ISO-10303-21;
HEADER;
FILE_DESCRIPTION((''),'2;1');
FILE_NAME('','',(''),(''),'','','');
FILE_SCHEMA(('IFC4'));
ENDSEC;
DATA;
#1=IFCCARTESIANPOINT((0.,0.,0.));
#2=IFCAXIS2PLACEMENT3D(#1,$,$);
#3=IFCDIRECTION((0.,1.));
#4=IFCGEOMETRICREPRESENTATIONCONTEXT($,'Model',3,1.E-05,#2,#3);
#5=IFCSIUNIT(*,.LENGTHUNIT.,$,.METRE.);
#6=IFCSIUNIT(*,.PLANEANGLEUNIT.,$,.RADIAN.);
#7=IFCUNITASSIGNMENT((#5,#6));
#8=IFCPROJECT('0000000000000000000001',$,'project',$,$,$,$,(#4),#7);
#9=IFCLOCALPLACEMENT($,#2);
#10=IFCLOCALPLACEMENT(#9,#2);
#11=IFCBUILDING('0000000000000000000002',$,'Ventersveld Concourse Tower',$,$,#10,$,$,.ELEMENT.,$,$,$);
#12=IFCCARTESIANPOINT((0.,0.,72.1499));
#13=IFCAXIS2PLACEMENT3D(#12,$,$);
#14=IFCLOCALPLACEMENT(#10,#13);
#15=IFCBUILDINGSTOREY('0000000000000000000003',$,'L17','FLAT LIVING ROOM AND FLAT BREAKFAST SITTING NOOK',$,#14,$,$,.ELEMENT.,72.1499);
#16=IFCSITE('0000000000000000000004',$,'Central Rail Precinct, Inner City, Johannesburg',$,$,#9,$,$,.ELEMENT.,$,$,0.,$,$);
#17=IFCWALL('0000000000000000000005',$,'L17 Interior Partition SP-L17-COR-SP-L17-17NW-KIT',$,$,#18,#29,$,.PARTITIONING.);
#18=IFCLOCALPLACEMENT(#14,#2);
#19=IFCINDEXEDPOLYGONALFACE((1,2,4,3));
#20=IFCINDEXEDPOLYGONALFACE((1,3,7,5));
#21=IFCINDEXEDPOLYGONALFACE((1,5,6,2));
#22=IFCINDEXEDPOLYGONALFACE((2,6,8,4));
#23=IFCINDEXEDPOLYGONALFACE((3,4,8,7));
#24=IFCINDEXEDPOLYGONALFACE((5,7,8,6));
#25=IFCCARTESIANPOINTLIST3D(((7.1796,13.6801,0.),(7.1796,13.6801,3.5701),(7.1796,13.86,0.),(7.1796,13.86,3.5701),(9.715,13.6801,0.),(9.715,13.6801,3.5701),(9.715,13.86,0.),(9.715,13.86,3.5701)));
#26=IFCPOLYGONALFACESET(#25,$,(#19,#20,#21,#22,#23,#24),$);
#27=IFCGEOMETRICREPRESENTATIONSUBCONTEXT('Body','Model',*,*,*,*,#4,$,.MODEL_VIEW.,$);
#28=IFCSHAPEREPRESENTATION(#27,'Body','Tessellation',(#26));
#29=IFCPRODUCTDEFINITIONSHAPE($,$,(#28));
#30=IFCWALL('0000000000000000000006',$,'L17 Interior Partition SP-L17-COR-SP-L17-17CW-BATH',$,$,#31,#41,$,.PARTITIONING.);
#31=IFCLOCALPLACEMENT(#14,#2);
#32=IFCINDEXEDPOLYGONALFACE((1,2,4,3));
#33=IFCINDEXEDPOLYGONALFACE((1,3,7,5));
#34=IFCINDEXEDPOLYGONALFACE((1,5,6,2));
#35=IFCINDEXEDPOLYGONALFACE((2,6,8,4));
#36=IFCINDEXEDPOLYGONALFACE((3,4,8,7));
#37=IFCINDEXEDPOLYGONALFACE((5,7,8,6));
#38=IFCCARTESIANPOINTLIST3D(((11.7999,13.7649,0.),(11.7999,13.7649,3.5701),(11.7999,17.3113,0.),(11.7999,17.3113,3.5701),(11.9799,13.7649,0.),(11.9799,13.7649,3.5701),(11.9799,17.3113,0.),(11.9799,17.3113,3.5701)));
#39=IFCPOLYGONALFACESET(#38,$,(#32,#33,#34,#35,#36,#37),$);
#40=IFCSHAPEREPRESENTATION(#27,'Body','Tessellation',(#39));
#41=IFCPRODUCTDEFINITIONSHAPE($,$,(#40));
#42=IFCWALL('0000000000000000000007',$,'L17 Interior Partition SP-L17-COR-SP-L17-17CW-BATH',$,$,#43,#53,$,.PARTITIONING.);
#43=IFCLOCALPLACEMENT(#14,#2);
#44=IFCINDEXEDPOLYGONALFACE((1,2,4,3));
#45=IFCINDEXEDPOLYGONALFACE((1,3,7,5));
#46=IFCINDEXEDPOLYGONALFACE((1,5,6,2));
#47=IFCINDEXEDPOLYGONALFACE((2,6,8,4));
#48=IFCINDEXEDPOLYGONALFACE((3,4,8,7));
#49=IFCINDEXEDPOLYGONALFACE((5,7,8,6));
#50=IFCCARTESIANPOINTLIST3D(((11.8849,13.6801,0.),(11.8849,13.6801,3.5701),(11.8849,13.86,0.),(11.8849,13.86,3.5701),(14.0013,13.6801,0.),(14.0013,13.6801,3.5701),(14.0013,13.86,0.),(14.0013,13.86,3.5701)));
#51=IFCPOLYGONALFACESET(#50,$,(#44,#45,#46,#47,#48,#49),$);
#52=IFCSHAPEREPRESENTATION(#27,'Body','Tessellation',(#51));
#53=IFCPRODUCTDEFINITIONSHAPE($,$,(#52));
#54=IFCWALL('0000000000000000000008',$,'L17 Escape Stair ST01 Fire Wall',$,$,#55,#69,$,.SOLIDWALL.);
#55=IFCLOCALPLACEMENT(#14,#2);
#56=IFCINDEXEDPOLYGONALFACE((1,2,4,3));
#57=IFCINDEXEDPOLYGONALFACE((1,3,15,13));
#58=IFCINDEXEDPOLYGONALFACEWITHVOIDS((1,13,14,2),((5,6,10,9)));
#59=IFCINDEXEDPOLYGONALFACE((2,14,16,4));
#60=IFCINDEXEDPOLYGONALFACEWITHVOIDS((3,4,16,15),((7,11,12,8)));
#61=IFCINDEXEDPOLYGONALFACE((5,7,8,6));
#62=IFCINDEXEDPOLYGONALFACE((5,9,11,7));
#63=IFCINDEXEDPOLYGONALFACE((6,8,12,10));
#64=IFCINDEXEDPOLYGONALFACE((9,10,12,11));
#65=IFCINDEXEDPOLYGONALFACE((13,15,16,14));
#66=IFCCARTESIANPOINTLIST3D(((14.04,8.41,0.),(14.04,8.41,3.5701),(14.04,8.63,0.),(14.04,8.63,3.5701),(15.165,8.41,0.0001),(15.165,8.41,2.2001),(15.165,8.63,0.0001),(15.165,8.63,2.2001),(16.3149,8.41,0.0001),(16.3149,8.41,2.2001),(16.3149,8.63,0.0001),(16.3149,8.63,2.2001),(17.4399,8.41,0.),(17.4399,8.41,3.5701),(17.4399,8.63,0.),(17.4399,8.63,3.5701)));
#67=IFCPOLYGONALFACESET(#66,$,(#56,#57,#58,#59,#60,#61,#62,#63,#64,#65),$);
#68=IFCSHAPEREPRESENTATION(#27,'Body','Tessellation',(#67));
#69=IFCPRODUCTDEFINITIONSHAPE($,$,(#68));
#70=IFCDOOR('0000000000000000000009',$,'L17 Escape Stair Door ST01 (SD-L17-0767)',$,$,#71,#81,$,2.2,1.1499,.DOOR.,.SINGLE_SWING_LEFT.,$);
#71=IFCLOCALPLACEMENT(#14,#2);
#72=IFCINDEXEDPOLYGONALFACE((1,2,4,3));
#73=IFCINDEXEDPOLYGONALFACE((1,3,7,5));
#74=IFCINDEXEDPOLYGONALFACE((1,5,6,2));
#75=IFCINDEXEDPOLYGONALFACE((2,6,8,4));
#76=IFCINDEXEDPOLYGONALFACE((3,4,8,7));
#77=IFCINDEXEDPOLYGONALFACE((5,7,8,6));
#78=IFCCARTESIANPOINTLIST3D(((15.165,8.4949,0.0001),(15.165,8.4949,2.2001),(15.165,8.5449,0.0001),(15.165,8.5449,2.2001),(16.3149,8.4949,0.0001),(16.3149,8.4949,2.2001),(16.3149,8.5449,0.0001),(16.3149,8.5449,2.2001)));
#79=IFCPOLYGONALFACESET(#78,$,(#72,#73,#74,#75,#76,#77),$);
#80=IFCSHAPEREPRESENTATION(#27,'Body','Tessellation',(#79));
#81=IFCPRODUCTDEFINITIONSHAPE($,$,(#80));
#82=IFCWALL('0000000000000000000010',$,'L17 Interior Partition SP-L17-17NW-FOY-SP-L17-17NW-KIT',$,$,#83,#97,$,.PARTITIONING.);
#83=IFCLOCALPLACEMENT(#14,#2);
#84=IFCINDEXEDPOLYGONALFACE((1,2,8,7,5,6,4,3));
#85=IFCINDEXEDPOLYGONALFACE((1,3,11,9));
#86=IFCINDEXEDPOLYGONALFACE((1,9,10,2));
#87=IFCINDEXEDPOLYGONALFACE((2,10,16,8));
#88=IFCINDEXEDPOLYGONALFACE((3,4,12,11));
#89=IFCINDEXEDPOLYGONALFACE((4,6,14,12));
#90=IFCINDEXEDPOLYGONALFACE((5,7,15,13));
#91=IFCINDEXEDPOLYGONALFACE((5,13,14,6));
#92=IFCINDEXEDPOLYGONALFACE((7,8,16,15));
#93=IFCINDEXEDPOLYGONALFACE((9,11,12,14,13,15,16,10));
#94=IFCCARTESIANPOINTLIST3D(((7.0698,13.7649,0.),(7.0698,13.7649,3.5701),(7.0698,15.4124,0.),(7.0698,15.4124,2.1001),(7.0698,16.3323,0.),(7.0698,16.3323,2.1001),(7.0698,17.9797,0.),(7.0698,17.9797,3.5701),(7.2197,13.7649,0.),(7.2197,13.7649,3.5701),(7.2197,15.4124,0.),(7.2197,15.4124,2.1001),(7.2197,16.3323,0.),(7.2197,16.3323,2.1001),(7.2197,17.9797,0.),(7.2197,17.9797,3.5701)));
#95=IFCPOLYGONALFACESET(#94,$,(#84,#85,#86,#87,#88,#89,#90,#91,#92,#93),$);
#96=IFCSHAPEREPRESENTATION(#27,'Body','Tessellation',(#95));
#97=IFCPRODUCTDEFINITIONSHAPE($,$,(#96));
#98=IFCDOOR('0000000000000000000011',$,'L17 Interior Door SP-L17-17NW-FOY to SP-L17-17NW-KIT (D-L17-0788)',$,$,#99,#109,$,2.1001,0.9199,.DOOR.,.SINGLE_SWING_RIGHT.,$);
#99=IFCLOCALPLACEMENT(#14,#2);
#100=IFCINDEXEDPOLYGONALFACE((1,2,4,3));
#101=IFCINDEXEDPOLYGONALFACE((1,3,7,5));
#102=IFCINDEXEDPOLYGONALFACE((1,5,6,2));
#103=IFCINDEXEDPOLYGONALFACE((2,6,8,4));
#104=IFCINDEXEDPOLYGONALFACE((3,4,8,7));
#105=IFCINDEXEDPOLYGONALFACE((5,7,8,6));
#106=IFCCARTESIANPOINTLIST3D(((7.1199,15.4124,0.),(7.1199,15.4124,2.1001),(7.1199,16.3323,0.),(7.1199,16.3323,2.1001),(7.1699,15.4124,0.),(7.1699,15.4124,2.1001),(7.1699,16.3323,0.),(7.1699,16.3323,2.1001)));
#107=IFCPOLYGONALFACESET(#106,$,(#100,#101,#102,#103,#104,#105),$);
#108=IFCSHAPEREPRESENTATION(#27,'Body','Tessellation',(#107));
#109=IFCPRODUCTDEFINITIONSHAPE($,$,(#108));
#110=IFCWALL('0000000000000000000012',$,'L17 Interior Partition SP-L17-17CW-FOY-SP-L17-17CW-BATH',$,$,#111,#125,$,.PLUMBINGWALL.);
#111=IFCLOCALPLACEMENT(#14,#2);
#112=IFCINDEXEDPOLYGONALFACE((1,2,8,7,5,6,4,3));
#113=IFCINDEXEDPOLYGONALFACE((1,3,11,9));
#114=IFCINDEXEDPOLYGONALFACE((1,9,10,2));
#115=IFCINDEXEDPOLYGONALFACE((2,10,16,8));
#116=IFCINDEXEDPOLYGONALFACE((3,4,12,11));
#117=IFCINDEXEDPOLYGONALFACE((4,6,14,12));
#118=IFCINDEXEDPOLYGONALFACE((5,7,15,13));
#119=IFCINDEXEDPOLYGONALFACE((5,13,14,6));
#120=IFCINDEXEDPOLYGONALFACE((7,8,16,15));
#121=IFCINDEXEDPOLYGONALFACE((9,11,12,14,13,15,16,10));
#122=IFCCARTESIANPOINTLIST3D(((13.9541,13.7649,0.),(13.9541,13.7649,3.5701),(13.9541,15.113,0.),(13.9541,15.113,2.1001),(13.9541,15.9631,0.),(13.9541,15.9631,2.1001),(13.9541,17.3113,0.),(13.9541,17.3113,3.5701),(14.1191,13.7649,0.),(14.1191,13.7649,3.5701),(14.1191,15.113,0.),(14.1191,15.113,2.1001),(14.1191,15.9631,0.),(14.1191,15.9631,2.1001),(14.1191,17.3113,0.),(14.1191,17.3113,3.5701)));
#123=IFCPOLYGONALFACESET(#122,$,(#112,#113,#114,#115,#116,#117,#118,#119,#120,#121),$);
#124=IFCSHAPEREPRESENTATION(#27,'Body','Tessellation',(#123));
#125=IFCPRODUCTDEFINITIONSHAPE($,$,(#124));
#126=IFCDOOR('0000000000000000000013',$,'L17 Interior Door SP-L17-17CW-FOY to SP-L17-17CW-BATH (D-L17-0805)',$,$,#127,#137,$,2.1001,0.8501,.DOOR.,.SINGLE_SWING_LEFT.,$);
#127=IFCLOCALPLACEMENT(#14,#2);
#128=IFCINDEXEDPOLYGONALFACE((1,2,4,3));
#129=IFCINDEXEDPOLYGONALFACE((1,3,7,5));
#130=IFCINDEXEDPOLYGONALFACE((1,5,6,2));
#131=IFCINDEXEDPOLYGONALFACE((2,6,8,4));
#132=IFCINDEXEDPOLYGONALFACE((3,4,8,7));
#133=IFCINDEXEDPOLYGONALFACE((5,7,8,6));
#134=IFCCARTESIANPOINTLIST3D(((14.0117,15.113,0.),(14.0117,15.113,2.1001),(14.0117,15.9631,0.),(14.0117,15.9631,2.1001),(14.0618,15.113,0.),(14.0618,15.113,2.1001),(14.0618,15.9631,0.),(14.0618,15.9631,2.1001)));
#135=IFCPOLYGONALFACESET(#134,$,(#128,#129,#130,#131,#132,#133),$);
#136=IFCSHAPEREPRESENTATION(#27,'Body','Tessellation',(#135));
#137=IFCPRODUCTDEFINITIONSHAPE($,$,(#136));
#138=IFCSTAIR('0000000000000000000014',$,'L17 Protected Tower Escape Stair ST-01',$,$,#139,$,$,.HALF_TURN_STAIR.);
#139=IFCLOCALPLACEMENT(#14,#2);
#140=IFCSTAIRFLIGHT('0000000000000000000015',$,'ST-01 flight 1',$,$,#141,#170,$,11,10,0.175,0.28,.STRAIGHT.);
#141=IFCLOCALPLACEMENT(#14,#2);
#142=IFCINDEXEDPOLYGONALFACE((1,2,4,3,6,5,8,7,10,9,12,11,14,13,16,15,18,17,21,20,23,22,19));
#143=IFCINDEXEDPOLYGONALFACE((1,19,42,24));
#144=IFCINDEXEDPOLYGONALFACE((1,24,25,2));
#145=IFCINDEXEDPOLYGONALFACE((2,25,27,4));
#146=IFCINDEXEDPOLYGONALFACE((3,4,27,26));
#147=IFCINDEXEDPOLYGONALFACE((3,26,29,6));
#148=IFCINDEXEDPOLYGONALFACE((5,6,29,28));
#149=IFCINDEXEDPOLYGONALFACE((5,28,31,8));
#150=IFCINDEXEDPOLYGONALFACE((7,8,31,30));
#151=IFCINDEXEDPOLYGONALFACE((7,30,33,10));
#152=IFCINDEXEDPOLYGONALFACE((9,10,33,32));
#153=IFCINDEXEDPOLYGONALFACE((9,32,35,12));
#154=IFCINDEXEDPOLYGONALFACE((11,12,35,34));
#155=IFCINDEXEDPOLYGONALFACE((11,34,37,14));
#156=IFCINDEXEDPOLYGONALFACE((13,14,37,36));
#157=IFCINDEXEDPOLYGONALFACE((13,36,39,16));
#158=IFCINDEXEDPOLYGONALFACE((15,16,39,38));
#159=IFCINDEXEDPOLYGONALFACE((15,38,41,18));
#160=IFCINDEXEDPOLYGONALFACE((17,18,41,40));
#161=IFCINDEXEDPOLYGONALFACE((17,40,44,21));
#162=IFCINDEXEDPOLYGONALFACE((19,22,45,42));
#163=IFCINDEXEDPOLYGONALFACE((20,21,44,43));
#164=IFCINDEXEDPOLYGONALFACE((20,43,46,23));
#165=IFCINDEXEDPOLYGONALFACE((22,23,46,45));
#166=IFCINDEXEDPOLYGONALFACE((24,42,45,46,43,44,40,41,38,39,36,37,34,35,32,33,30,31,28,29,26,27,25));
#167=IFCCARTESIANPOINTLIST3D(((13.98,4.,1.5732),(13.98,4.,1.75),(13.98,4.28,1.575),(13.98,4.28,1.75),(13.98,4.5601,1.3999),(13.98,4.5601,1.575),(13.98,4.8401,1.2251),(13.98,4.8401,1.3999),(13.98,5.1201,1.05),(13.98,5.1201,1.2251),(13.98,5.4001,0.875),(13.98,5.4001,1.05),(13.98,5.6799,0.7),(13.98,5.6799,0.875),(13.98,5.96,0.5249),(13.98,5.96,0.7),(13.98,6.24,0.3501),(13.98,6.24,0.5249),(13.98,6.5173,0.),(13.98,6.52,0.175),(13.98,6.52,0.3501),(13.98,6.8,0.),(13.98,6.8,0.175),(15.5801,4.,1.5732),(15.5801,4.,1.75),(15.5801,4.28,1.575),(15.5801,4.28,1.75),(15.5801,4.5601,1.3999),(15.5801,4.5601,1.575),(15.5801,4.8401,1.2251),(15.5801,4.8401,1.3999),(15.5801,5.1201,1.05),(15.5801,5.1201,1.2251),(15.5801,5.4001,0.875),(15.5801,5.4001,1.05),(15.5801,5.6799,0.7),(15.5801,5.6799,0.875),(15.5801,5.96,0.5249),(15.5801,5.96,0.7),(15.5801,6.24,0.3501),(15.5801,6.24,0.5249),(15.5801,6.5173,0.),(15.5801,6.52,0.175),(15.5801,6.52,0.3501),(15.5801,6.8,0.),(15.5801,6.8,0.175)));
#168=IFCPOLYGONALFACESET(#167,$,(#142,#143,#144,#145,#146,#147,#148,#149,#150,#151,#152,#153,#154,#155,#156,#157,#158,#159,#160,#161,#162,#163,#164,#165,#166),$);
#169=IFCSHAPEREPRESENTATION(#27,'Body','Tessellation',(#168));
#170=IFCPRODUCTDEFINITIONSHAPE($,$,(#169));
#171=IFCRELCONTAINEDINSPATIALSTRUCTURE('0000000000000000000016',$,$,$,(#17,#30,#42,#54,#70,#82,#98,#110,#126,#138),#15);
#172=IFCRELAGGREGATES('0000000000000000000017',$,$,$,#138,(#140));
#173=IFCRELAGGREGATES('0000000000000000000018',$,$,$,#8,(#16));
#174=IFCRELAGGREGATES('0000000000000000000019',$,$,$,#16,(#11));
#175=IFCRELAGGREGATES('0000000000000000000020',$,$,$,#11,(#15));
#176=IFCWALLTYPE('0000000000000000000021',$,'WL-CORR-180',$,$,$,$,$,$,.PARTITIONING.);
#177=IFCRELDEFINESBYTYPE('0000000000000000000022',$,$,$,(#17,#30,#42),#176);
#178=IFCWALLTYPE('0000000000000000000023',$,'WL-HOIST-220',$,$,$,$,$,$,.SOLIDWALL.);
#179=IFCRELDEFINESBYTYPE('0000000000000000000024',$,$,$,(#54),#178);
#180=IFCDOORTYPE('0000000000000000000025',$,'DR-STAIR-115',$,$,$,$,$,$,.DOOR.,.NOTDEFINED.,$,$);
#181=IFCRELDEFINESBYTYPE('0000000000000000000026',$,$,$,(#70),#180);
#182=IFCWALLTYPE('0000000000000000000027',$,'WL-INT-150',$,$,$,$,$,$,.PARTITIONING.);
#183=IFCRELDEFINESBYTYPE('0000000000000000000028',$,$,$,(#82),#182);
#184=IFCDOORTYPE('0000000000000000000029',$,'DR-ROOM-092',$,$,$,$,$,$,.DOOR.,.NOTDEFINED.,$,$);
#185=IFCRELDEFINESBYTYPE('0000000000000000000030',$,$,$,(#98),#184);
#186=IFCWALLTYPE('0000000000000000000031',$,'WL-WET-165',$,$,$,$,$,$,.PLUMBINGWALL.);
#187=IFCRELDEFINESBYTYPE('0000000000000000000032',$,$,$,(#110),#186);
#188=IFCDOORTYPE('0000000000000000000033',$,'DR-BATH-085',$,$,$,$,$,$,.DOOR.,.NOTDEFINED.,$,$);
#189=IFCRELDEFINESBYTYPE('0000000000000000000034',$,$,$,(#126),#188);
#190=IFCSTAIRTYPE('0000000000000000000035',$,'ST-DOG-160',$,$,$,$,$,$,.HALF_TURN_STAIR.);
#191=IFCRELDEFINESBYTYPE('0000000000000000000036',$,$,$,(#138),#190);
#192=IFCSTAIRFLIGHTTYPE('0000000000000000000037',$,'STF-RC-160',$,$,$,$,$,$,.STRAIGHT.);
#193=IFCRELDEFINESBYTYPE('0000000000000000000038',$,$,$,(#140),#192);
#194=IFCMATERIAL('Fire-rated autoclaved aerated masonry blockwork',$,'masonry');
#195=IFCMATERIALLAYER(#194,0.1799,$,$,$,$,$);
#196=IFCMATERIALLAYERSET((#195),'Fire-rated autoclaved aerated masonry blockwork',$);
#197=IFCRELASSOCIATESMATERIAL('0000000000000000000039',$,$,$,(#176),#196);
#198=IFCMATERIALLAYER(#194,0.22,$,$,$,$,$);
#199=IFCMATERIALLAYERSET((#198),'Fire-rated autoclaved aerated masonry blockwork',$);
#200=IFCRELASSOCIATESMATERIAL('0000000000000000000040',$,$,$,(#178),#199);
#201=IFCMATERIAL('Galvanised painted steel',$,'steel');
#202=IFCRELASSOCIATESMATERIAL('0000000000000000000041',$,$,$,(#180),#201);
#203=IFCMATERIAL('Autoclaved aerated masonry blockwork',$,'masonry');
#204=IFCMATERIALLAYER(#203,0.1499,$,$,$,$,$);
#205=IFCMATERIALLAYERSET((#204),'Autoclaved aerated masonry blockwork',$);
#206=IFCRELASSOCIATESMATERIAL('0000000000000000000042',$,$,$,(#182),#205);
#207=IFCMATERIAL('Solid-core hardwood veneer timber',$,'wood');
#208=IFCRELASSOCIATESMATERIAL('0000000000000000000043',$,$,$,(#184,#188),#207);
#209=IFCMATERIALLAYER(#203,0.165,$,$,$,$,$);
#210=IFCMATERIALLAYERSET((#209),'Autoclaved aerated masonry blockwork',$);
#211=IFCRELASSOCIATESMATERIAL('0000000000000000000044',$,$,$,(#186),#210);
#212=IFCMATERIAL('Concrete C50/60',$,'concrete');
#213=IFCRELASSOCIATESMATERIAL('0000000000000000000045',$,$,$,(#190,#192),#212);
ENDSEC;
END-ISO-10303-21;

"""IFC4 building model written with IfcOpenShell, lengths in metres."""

from ifc_helpers import new_model, si_unit, direction, frame, frame_2d, origin, place, context, subcontext, project, spatial, polyline, rectangle, outline, extrude, material, layer, layer_set, type_object, element, fill, aggregate, save


model = new_model("IFC4")

# Units and contexts
model_context = context("Model", 3, precision=1e-05, world=origin(), true_north=direction((0.0, 1.0)))
body_context = subcontext(model_context, "Body", "Model", "MODEL_VIEW")
ifc_project = project(units=[si_unit("LENGTHUNIT", "METRE"), si_unit("PLANEANGLEUNIT", "RADIAN")], contexts=[model_context])

# Site, building, storey
site_placement = place(None, origin())
site = spatial("IfcSite", under=ifc_project, at=site_placement, Name="Central Rail Precinct, Inner City, Johannesburg", CompositionType="ELEMENT", RefElevation=0.0)
building_placement = place(site_placement, origin())
building = spatial("IfcBuilding", under=site, at=building_placement, Name="Ventersveld Concourse Tower", CompositionType="ELEMENT")
storey_placement = place(building_placement, frame((0.0, 0.0, 72.1499)))
storey = spatial("IfcBuildingStorey", under=building, at=storey_placement, Name="L17", Description="FLAT LIVING ROOM AND FLAT BREAKFAST SITTING NOOK", CompositionType="ELEMENT", Elevation=72.1499)

# Shared definitions
ifc_material_1 = material(Name="Concrete C50/60", Category="concrete")

# Shared definitions
ifc_material_2 = material(Name="Fire-rated autoclaved aerated masonry blockwork", Category="masonry")
ifc_layer_1 = layer(ifc_material_2, 0.1799)
ifc_layer_set_1 = layer_set([ifc_layer_1], Name="Fire-rated autoclaved aerated masonry blockwork")
wall_type_1 = type_object("IfcWallType", Name="WL-CORR-180", PredefinedType="PARTITIONING", material=ifc_layer_set_1)
ifc_material_3 = material(Name="Solid-core hardwood veneer timber", Category="wood")

# Wall
wall_1_placement = place(storey_placement, frame((7.1797, 13.77, 0.0), z_axis=(0.0, 0.0, 1.0), x_axis=(1.0, 0.0, 0.0)))
element("IfcWall", 1, at=wall_1_placement, inside=storey, type_object=wall_type_1, Name="L17 Interior Partition SP-L17-COR-SP-L17-17NW-KIT", PredefinedType="PARTITIONING", context=body_context, shape_type="SweptSolid", body=[
    extrude(rectangle(XDim=2.5354, YDim=0.1799, at=frame_2d((1.2676, 0.0))), origin(), (0.0, 0.0, 1.0), 3.5701),
])

# Walls
wall_2_placement = place(storey_placement, frame((11.8899, 13.7649, 0.0), z_axis=(0.0, 0.0, 1.0), x_axis=(0.0, 1.0, 0.0)))
element("IfcWall", 2, at=wall_2_placement, inside=storey, type_object=wall_type_1, Name="L17 Interior Partition SP-L17-COR-SP-L17-17CW-BATH", PredefinedType="PARTITIONING", context=body_context, shape_type="SweptSolid", body=[
    extrude(rectangle(XDim=3.5464, YDim=0.1799, at=frame_2d((1.7732, 0.0))), origin(), (0.0, 0.0, 1.0), 3.5701),
])
wall_3_placement = place(storey_placement, frame((11.885, 13.77, 0.0), z_axis=(0.0, 0.0, 1.0), x_axis=(1.0, 0.0, 0.0)))
element("IfcWall", 3, at=wall_3_placement, inside=storey, type_object=wall_type_1, Name="L17 Interior Partition SP-L17-COR-SP-L17-17CW-BATH", PredefinedType="PARTITIONING", context=body_context, shape_type="SweptSolid", body=[
    extrude(rectangle(XDim=2.1165, YDim=0.1799, at=frame_2d((1.0581, 0.0))), origin(), (0.0, 0.0, 1.0), 3.5701),
])

# Walls, openings, doors
ifc_layer_2 = layer(ifc_material_2, 0.22)
ifc_layer_set_2 = layer_set([ifc_layer_2], Name="Fire-rated autoclaved aerated masonry blockwork")
wall_type_2 = type_object("IfcWallType", Name="WL-HOIST-220", PredefinedType="SOLIDWALL", material=ifc_layer_set_2)
wall_4_placement = place(storey_placement, frame((14.04, 8.52, 0.0), z_axis=(0.0, 0.0, 1.0), x_axis=(1.0, 0.0, 0.0)))
wall_4 = element("IfcWall", 4, at=wall_4_placement, inside=storey, type_object=wall_type_2, Name="L17 Escape Stair ST01 Fire Wall", PredefinedType="SOLIDWALL", context=body_context, shape_type="SweptSolid", body=[
    extrude(rectangle(XDim=3.3999, YDim=0.22, at=frame_2d((1.7, 0.0))), origin(), (0.0, 0.0, 1.0), 3.5701),
])
opening_1_placement = place(wall_4_placement, frame((1.125, 0.0, 0.0)))
opening_1 = element("IfcOpeningElement", 5, at=opening_1_placement, cuts=wall_4, PredefinedType="OPENING", context=body_context, shape_type="SweptSolid", body=[
    extrude(rectangle(XDim=1.1499, YDim=2.2, at=frame_2d((0.575, 1.1001))), frame((0.0, 0.1201, 0.0), z_axis=(0.0, -1.0, 0.0), x_axis=(1.0, 0.0, 0.0)), (0.0, 0.0, 1.0), 0.24),
])
ifc_material_4 = material(Name="Galvanised painted steel", Category="steel")
door_type_1 = type_object("IfcDoorType", Name="DR-STAIR-115", OperationType="NOTDEFINED", PredefinedType="DOOR", material=ifc_material_4)
door_1_placement = place(opening_1_placement, origin())
door_1 = element("IfcDoor", 6, at=door_1_placement, inside=storey, type_object=door_type_1, Name="L17 Escape Stair Door ST01 (SD-L17-0767)", OperationType="SINGLE_SWING_LEFT", OverallHeight=2.2, OverallWidth=1.1499, PredefinedType="DOOR", context=body_context, shape_type="SweptSolid", body=[
    extrude(rectangle(XDim=1.1499, YDim=2.2, at=frame_2d((0.575, 1.1001))), frame((0.0, 0.0249, 0.0), z_axis=(0.0, -1.0, 0.0), x_axis=(1.0, 0.0, 0.0)), (0.0, 0.0, 1.0), 0.05),
])
fill(opening_1, door_1)
ifc_material_5 = material(Name="Autoclaved aerated masonry blockwork", Category="masonry")
ifc_layer_3 = layer(ifc_material_5, 0.1499)
ifc_layer_set_3 = layer_set([ifc_layer_3], Name="Autoclaved aerated masonry blockwork")
wall_type_3 = type_object("IfcWallType", Name="WL-INT-150", PredefinedType="PARTITIONING", material=ifc_layer_set_3)
wall_5_placement = place(storey_placement, frame((7.1448, 13.7649, 0.0), z_axis=(0.0, 0.0, 1.0), x_axis=(0.0, 1.0, 0.0)))
wall_5 = element("IfcWall", 7, at=wall_5_placement, inside=storey, type_object=wall_type_3, Name="L17 Interior Partition SP-L17-17NW-FOY-SP-L17-17NW-KIT", PredefinedType="PARTITIONING", context=body_context, shape_type="SweptSolid", body=[
    extrude(rectangle(XDim=4.2148, YDim=0.1499, at=frame_2d((2.1074, 0.0))), origin(), (0.0, 0.0, 1.0), 3.5701),
])
opening_2_placement = place(wall_5_placement, frame((1.6475, 0.0, 0.0)))
opening_2 = element("IfcOpeningElement", 8, at=opening_2_placement, cuts=wall_5, PredefinedType="OPENING", context=body_context, shape_type="SweptSolid", body=[
    extrude(rectangle(XDim=0.9199, YDim=2.1001, at=frame_2d((0.46, 1.05))), frame((0.0, 0.085, 0.0), z_axis=(0.0, -1.0, 0.0), x_axis=(1.0, 0.0, 0.0)), (0.0, 0.0, 1.0), 0.1699),
])
door_type_2 = type_object("IfcDoorType", Name="DR-ROOM-092", OperationType="NOTDEFINED", PredefinedType="DOOR", material=ifc_material_3)
door_2_placement = place(opening_2_placement, origin())
door_2 = element("IfcDoor", 9, at=door_2_placement, inside=storey, type_object=door_type_2, Name="L17 Interior Door SP-L17-17NW-FOY to SP-L17-17NW-KIT (D-L17-0788)", OperationType="SINGLE_SWING_RIGHT", OverallHeight=2.1001, OverallWidth=0.9199, PredefinedType="DOOR", context=body_context, shape_type="SweptSolid", body=[
    extrude(rectangle(XDim=0.9199, YDim=2.1001, at=frame_2d((0.46, 1.05))), frame((0.0, 0.0249, 0.0), z_axis=(0.0, -1.0, 0.0), x_axis=(1.0, 0.0, 0.0)), (0.0, 0.0, 1.0), 0.05),
])
fill(opening_2, door_2)
ifc_layer_4 = layer(ifc_material_5, 0.165)
ifc_layer_set_4 = layer_set([ifc_layer_4], Name="Autoclaved aerated masonry blockwork")
wall_type_4 = type_object("IfcWallType", Name="WL-WET-165", PredefinedType="PLUMBINGWALL", material=ifc_layer_set_4)
wall_6_placement = place(storey_placement, frame((14.0366, 13.7649, 0.0), z_axis=(0.0, 0.0, 1.0), x_axis=(0.0, 1.0, 0.0)))
wall_6 = element("IfcWall", 10, at=wall_6_placement, inside=storey, type_object=wall_type_4, Name="L17 Interior Partition SP-L17-17CW-FOY-SP-L17-17CW-BATH", PredefinedType="PLUMBINGWALL", context=body_context, shape_type="SweptSolid", body=[
    extrude(rectangle(XDim=3.5464, YDim=0.165, at=frame_2d((1.7732, 0.0))), origin(), (0.0, 0.0, 1.0), 3.5701),
])
opening_3_placement = place(wall_6_placement, frame((1.3481, 0.0, 0.0)))
opening_3 = element("IfcOpeningElement", 11, at=opening_3_placement, cuts=wall_6, PredefinedType="OPENING", context=body_context, shape_type="SweptSolid", body=[
    extrude(rectangle(XDim=0.8501, YDim=2.1001, at=frame_2d((0.425, 1.05))), frame((0.0, 0.0925, 0.0), z_axis=(0.0, -1.0, 0.0), x_axis=(1.0, 0.0, 0.0)), (0.0, 0.0, 1.0), 0.1851),
])
door_type_3 = type_object("IfcDoorType", Name="DR-BATH-085", OperationType="NOTDEFINED", PredefinedType="DOOR", material=ifc_material_3)
door_3_placement = place(opening_3_placement, origin())
door_3 = element("IfcDoor", 12, at=door_3_placement, inside=storey, type_object=door_type_3, Name="L17 Interior Door SP-L17-17CW-FOY to SP-L17-17CW-BATH (D-L17-0805)", OperationType="SINGLE_SWING_LEFT", OverallHeight=2.1001, OverallWidth=0.8501, PredefinedType="DOOR", context=body_context, shape_type="SweptSolid", body=[
    extrude(rectangle(XDim=0.8501, YDim=2.1001, at=frame_2d((0.425, 1.05))), frame((0.0, 0.0249, 0.0), z_axis=(0.0, -1.0, 0.0), x_axis=(1.0, 0.0, 0.0)), (0.0, 0.0, 1.0), 0.05),
])
fill(opening_3, door_3)

# Stair, stair flight
stair_type = type_object("IfcStairType", Name="ST-DOG-160", PredefinedType="HALF_TURN_STAIR", material=ifc_material_1)
stair_placement = place(storey_placement, origin())
stair = element("IfcStair", 13, at=stair_placement, inside=storey, type_object=stair_type, Name="L17 Protected Tower Escape Stair ST-01", PredefinedType="HALF_TURN_STAIR")
stair_flight_type = type_object("IfcStairFlightType", Name="STF-RC-160", PredefinedType="STRAIGHT", material=ifc_material_1)
stair_flight_placement = place(storey_placement, frame((14.78, 6.8, 0.0), z_axis=(0.0, 0.0, 1.0), x_axis=(0.0, -1.0, 0.0)))
stair_flight = element("IfcStairFlight", 14, at=stair_flight_placement, type_object=stair_flight_type, Name="ST-01 flight 1", NumberOfRisers=11, NumberOfTreads=10, PredefinedType="STRAIGHT", RiserHeight=0.175, TreadLength=0.28, context=body_context, shape_type="SweptSolid", body=[
    extrude(outline(polyline([(0.0, 0.0), (0.0, 0.175), (0.28, 0.175), (0.28, 0.3501), (0.5601, 0.3501), (0.5601, 0.5249), (0.8401, 0.5249), (0.8401, 0.7), (1.1201, 0.7), (1.1201, 0.875), (1.3999, 0.875), (1.3999, 1.05), (1.6799, 1.05), (1.6799, 1.2251), (1.96, 1.2251), (1.96, 1.3999), (2.24, 1.3999), (2.24, 1.575), (2.52, 1.575), (2.52, 1.75), (2.8, 1.75), (2.8, 1.925), (2.8, 1.5732), (0.2827, 0.0), (0.0, 0.0)])), frame((0.0, 0.8, 0.0), z_axis=(0.0, -1.0, 0.0), x_axis=(1.0, 0.0, 0.0)), (0.0, 0.0, 1.0), 1.6001),
])
aggregate(stair, [stair_flight])

save(model, "model.ifc")
